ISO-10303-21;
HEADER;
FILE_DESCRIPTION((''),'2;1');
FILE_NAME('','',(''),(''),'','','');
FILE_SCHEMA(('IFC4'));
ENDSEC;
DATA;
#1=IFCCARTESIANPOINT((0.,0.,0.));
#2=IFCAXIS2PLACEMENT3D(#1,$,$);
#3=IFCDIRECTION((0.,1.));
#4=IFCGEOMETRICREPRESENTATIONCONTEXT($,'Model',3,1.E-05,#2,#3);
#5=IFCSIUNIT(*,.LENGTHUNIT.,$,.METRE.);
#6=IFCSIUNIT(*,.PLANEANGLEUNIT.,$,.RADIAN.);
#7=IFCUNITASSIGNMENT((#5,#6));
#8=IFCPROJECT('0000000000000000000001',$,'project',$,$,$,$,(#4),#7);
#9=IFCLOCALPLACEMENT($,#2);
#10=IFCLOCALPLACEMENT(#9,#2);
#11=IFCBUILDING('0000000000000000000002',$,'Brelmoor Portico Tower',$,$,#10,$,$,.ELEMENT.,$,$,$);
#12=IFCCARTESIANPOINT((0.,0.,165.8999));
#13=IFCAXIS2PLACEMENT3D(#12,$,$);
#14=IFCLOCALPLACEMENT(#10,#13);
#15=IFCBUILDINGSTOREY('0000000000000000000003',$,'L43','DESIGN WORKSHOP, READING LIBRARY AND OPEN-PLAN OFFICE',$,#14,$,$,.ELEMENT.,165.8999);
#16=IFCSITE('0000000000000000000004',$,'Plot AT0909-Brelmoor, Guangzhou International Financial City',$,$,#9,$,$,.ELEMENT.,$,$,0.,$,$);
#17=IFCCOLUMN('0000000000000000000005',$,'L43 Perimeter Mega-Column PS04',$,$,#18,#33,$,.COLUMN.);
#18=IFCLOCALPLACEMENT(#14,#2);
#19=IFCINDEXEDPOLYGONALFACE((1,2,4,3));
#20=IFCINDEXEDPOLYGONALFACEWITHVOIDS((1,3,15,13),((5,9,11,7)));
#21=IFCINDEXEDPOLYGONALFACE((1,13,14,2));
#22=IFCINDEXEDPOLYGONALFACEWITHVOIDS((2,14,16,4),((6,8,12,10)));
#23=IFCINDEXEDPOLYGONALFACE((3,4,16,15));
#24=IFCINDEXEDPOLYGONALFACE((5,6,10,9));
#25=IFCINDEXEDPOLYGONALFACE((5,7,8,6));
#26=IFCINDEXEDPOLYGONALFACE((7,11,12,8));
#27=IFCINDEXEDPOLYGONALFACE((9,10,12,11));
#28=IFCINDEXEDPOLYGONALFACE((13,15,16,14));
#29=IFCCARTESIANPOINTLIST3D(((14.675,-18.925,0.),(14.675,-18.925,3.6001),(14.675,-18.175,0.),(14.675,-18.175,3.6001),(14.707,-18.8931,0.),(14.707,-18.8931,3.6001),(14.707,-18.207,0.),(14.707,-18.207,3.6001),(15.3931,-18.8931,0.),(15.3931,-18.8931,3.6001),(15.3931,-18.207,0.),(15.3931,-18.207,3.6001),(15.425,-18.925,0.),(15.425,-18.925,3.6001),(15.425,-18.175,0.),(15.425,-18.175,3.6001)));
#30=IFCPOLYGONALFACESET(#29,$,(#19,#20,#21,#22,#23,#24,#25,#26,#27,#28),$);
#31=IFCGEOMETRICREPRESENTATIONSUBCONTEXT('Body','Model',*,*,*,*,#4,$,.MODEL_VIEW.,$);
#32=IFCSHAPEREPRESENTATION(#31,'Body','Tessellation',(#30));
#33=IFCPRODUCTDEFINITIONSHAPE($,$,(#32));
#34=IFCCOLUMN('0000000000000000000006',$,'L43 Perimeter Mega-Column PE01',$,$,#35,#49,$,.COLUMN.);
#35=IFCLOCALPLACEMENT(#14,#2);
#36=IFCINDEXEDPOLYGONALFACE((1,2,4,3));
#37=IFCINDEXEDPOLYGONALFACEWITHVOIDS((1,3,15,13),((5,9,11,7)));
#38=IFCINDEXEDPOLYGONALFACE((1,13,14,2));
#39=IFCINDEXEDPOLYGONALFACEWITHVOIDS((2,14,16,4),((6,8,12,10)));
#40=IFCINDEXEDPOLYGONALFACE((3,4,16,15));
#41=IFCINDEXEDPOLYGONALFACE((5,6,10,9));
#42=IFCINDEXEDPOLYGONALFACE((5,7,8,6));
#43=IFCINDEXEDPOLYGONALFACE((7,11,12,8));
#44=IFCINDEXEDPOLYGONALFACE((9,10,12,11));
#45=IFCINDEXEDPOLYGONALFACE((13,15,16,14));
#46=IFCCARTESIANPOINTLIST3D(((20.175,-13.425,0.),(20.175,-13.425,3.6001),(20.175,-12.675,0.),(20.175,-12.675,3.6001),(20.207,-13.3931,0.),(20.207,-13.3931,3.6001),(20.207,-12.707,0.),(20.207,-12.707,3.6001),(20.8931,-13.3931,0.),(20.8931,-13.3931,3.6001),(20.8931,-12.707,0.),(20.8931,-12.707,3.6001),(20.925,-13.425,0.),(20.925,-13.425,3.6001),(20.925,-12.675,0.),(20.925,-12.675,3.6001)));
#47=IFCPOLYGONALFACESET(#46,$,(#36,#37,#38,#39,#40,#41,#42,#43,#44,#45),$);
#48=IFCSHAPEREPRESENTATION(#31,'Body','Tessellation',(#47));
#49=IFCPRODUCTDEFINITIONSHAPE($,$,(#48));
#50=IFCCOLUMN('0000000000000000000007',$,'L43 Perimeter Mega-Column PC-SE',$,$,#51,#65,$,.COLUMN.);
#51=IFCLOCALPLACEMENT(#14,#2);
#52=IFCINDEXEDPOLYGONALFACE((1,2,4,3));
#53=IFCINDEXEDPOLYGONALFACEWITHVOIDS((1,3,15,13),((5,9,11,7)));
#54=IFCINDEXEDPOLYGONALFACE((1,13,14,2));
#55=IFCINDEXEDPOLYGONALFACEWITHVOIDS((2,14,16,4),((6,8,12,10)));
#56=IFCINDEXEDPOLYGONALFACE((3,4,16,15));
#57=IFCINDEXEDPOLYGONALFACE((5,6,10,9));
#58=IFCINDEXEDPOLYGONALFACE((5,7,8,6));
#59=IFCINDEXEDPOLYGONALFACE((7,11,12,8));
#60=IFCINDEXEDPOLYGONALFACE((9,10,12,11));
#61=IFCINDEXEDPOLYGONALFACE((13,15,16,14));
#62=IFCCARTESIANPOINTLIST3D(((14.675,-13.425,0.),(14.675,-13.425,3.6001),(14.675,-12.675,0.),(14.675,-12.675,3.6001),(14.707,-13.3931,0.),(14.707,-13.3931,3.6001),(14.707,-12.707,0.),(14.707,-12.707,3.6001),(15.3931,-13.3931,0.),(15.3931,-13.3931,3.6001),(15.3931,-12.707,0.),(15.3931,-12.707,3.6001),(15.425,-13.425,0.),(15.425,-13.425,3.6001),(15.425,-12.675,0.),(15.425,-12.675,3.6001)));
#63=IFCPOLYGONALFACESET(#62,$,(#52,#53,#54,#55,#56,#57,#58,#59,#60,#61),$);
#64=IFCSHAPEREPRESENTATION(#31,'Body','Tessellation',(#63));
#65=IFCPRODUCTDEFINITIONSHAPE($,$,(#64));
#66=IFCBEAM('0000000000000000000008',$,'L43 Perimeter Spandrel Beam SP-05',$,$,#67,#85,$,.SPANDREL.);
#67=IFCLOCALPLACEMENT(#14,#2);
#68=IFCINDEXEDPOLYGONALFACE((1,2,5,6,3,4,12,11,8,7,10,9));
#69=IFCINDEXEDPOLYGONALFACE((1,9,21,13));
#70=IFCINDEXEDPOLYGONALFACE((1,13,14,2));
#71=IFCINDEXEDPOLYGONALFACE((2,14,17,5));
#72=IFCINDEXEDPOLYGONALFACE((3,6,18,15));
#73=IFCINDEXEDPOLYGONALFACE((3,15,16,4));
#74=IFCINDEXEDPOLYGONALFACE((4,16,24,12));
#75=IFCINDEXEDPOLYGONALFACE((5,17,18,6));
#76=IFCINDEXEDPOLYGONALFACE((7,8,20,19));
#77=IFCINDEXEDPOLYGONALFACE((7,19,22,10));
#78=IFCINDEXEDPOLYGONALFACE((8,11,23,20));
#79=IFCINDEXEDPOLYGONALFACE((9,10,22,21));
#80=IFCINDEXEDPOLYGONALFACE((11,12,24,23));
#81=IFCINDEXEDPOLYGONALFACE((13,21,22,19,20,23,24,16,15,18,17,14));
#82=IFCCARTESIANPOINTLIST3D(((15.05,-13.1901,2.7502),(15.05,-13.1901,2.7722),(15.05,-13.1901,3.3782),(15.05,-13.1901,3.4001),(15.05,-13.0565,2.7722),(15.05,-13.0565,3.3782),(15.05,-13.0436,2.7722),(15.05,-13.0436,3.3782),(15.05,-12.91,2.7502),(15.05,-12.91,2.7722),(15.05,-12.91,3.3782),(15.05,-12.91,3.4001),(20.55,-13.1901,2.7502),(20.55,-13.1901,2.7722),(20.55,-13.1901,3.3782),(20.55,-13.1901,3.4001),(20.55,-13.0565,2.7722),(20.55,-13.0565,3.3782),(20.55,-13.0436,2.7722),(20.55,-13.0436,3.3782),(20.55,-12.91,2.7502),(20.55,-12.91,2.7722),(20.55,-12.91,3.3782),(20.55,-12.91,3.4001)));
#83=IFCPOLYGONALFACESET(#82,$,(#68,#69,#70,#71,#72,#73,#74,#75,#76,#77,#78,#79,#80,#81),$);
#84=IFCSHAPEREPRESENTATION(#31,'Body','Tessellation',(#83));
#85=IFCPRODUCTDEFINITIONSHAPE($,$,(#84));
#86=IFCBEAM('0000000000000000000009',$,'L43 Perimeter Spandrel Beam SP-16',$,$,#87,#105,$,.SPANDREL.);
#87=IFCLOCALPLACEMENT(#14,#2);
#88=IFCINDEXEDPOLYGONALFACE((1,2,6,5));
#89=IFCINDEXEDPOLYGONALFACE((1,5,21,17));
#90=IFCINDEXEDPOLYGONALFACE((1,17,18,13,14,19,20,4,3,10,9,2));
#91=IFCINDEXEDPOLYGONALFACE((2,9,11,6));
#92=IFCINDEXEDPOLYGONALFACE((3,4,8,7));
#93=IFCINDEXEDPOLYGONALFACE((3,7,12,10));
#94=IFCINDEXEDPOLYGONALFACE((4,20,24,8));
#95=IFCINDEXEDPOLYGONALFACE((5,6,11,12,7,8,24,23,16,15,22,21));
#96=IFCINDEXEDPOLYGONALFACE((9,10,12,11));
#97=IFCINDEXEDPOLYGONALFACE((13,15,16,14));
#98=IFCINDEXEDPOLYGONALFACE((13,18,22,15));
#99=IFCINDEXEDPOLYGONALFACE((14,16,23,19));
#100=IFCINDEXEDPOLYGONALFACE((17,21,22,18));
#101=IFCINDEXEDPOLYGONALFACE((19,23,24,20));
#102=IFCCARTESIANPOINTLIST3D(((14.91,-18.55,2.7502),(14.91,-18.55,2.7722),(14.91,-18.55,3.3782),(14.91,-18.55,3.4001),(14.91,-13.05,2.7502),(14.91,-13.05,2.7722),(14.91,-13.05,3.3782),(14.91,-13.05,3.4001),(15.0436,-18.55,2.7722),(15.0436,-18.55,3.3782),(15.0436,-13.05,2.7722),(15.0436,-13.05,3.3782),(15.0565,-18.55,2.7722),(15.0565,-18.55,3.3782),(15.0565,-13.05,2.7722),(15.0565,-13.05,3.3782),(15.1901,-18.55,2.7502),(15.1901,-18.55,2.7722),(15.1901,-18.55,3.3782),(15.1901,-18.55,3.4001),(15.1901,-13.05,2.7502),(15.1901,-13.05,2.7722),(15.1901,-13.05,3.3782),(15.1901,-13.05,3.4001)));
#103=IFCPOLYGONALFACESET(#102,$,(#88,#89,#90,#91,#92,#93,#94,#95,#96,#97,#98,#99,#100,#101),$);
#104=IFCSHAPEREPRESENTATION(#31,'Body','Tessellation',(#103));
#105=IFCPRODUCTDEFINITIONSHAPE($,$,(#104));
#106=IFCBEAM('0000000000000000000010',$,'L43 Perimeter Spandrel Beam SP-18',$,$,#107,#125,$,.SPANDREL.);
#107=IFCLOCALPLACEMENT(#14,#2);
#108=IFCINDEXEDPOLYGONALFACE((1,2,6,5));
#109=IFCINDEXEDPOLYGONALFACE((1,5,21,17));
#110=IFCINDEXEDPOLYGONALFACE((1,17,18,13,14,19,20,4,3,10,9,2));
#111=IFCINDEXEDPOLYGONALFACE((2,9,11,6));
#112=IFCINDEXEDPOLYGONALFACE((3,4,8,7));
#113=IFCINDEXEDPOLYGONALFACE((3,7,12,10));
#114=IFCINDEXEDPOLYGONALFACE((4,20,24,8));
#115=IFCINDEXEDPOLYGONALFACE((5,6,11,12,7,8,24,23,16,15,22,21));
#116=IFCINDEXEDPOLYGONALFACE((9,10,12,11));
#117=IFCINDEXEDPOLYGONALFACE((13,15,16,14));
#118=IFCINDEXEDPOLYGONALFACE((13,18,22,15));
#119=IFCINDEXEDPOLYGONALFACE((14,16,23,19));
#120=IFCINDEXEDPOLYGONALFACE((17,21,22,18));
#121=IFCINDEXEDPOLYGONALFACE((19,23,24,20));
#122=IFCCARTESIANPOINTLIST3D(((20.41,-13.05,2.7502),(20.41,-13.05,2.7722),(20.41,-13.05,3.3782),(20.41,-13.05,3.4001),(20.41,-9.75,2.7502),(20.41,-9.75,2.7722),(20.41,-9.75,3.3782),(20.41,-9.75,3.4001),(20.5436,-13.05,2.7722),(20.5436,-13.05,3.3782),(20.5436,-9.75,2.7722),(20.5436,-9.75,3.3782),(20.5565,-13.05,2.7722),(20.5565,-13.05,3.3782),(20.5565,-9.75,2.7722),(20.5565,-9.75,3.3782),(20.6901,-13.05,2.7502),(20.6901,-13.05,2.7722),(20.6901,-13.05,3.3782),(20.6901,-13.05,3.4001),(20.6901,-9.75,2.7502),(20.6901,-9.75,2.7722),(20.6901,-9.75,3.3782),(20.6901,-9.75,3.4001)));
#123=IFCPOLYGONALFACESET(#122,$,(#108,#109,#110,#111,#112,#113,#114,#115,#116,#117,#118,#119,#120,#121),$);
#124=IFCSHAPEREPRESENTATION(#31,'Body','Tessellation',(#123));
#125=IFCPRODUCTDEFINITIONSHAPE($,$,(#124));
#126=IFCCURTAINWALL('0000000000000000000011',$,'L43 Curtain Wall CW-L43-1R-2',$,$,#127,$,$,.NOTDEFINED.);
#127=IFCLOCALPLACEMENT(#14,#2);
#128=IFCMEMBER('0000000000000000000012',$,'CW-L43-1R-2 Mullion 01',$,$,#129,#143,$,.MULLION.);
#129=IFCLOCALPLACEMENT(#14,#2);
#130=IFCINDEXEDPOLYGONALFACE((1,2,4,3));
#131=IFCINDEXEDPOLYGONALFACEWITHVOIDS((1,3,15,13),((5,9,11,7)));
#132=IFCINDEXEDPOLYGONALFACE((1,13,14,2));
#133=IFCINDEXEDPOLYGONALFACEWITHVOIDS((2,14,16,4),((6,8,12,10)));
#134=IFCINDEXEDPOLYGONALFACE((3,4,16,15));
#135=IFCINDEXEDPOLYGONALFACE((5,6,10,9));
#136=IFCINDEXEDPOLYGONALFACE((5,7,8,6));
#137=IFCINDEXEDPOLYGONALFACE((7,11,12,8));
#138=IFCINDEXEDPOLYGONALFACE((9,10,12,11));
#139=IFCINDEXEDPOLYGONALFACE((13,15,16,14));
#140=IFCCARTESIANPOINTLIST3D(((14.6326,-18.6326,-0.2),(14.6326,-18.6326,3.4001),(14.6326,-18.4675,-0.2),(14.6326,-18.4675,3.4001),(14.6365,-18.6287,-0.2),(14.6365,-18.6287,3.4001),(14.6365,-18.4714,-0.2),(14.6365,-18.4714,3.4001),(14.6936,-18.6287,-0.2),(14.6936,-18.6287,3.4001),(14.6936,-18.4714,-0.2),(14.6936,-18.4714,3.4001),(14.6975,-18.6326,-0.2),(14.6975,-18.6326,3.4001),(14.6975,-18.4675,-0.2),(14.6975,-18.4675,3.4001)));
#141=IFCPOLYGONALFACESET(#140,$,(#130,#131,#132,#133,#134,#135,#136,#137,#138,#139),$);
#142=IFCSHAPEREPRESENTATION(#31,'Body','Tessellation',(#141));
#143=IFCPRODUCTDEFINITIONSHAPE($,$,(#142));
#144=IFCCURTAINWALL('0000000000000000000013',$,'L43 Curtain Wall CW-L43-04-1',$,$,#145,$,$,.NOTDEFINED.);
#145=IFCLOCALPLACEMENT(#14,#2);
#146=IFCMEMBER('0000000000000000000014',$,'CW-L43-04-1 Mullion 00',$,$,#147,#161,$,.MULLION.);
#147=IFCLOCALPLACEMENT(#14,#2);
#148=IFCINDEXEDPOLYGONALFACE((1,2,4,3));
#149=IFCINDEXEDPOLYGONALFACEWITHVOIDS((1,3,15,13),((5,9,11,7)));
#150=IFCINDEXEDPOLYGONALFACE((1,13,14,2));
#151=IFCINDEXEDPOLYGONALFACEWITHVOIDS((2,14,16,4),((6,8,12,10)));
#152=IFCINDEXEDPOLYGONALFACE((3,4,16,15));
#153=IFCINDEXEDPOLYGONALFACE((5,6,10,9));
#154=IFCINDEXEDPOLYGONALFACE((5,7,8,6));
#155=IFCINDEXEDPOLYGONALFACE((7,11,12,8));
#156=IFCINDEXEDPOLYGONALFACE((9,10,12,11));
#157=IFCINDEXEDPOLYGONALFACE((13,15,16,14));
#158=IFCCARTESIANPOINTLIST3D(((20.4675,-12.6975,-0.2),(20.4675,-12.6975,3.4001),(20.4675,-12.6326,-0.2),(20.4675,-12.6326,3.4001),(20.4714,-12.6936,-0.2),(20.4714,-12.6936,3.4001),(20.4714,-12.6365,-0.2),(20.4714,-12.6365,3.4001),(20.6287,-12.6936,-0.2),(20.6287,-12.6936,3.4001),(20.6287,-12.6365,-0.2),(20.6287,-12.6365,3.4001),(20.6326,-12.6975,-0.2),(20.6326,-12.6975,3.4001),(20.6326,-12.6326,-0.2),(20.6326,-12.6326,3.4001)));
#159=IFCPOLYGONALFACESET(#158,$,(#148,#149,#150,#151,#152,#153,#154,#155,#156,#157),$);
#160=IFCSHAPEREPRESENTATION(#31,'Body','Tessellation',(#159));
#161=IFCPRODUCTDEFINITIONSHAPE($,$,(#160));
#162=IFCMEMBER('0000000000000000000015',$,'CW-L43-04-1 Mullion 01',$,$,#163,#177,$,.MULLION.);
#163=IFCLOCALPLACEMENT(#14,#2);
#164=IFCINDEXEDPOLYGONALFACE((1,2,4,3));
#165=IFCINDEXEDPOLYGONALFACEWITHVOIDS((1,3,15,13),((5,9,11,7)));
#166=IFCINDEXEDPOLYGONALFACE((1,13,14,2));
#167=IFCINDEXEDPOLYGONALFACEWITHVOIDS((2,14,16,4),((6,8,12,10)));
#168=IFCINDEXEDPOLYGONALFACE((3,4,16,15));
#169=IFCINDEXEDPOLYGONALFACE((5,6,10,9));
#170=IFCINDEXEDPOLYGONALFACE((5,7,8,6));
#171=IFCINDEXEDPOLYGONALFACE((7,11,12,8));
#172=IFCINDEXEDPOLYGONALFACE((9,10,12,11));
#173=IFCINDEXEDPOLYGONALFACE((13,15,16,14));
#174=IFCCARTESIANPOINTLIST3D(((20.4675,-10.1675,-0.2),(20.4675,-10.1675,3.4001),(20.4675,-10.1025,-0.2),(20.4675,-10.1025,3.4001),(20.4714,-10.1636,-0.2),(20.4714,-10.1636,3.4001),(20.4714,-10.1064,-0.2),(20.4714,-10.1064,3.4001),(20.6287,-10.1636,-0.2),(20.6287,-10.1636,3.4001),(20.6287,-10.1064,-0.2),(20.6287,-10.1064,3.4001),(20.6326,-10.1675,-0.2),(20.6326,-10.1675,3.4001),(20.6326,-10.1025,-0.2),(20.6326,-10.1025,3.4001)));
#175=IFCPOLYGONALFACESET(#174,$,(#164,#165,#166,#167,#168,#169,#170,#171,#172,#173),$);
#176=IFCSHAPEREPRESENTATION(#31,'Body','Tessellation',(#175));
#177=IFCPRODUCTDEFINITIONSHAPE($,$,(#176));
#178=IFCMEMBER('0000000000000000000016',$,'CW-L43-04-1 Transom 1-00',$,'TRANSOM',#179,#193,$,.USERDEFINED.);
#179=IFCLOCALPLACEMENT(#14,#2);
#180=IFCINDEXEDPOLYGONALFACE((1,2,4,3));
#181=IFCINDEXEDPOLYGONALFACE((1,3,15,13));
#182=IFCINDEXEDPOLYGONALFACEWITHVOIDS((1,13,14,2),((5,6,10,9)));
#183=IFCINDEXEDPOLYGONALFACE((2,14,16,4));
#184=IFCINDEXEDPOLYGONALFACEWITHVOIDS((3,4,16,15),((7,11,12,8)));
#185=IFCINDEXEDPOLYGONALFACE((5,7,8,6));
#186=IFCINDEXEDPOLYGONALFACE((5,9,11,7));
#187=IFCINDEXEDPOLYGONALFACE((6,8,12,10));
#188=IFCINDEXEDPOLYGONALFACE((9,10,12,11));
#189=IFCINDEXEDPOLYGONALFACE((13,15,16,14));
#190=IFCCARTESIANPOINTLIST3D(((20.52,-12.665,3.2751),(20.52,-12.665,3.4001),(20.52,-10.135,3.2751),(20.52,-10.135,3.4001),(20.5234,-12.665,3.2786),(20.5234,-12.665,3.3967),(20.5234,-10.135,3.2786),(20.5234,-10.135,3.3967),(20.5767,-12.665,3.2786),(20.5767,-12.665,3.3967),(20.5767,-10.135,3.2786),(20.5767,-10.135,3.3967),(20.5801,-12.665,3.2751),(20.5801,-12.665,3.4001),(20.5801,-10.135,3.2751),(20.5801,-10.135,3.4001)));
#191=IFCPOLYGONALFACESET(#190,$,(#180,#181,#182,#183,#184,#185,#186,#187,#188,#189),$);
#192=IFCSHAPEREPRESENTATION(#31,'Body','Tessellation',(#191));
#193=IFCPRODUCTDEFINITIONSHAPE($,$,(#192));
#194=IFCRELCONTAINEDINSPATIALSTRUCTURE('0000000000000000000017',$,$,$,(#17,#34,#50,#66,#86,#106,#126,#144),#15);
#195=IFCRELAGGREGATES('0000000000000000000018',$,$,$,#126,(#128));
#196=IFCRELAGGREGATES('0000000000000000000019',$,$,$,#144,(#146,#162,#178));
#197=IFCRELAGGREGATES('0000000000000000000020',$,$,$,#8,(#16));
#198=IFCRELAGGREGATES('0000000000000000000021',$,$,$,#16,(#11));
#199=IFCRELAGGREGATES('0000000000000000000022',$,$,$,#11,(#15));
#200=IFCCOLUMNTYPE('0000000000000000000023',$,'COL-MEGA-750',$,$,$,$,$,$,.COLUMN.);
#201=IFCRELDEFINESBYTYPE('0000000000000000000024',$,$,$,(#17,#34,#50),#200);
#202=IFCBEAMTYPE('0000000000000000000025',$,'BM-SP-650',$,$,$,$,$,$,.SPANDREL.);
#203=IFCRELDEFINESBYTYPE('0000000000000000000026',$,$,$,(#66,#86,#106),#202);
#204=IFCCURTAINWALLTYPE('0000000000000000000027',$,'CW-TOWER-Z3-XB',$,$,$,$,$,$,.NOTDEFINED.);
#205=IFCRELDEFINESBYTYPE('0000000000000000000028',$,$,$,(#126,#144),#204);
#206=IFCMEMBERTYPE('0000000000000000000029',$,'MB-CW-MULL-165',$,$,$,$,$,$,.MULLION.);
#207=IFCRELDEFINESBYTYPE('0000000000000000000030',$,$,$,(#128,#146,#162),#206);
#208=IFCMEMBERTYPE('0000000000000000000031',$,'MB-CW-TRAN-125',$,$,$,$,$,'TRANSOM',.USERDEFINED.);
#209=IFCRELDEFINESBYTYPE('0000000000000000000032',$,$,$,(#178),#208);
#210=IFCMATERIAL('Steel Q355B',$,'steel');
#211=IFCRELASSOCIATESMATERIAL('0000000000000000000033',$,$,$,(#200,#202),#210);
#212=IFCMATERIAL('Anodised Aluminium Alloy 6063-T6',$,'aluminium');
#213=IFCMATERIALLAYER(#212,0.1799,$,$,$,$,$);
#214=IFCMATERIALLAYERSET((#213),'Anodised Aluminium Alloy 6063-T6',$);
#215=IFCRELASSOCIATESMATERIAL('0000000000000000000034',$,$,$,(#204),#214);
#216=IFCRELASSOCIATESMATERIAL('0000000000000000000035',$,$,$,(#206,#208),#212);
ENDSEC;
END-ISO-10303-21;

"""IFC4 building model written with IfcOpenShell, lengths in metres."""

from ifc_helpers import new_model, si_unit, direction, frame, origin, origin_2d, place, context, subcontext, project, spatial, hollow_rectangle, i_section, extrude, material, layer, layer_set, material_profile, profile_set, type_object, element, aggregate, save


model = new_model("IFC4")

# Units and contexts
model_context = context("Model", 3, precision=1e-05, world=origin(), true_north=direction((0.0, 1.0)))
body_context = subcontext(model_context, "Body", "Model", "MODEL_VIEW")
ifc_project = project(units=[si_unit("LENGTHUNIT", "METRE"), si_unit("PLANEANGLEUNIT", "RADIAN")], contexts=[model_context])

# Site, building, storey
site_placement = place(None, origin())
site = spatial("IfcSite", under=ifc_project, at=site_placement, Name="Plot AT0909-Brelmoor, Guangzhou International Financial City", CompositionType="ELEMENT", RefElevation=0.0)
building_placement = place(site_placement, origin())
building = spatial("IfcBuilding", under=site, at=building_placement, Name="Brelmoor Portico Tower", CompositionType="ELEMENT")
storey_placement = place(building_placement, frame((0.0, 0.0, 165.8999)))
storey = spatial("IfcBuildingStorey", under=building, at=storey_placement, Name="L43", Description="DESIGN WORKSHOP, READING LIBRARY AND OPEN-PLAN OFFICE", CompositionType="ELEMENT", Elevation=165.8999)

# Columns
ifc_material_1 = material(Name="Steel Q355B", Category="steel")
ifc_material_profile_1 = material_profile(ifc_material_1, hollow_rectangle(XDim=0.75, YDim=0.75, WallThickness=0.032, at=origin_2d()), Name="BOX 750x750x32")
ifc_profile_set_1 = profile_set([ifc_material_profile_1], Name="Steel Q355B")
column_type = type_object("IfcColumnType", Name="COL-MEGA-750", PredefinedType="COLUMN", material=ifc_profile_set_1)
for number, where, z_axis, x_axis, name in (
    (1, (15.05, -18.55, 0.0), (0.0, 0.0, 1.0), (1.0, 0.0, 0.0), "L43 Perimeter Mega-Column PS04"),
    (2, (20.55, -13.05, 0.0), (0.0, 0.0, 1.0), (0.0, 1.0, 0.0), "L43 Perimeter Mega-Column PE01"),
    (3, (15.05, -13.05, 0.0), (0.0, 0.0, 1.0), (1.0, 0.0, 0.0), "L43 Perimeter Mega-Column PC-SE"),
):
    element("IfcColumn", number, at=place(storey_placement, frame(where, z_axis=z_axis, x_axis=x_axis)), inside=storey, type_object=column_type, Name=name, PredefinedType="COLUMN", context=body_context, shape_type="SweptSolid", body=[
        extrude(hollow_rectangle(XDim=0.75, YDim=0.75, WallThickness=0.032, at=origin_2d()), origin(), (0.0, 0.0, 1.0), 3.6001),
    ])

# Beams
ifc_material_profile_2 = material_profile(ifc_material_1, i_section(OverallWidth=0.28, OverallDepth=0.6499, WebThickness=0.0129, FlangeThickness=0.022, at=origin_2d()), Name="HN 650x280x13x22")
ifc_profile_set_2 = profile_set([ifc_material_profile_2], Name="Steel Q355B")
beam_type = type_object("IfcBeamType", Name="BM-SP-650", PredefinedType="SPANDREL", material=ifc_profile_set_2)
for number, where, z_axis, x_axis, name in (
    (4, (15.05, -13.05, 3.0752), (1.0, 0.0, 0.0), (0.0, 1.0, 0.0), "L43 Perimeter Spandrel Beam SP-05"),
    (5, (15.05, -18.55, 3.0752), (0.0, 1.0, 0.0), (-1.0, 0.0, 0.0), "L43 Perimeter Spandrel Beam SP-16"),
):
    element("IfcBeam", number, at=place(storey_placement, frame(where, z_axis=z_axis, x_axis=x_axis)), inside=storey, type_object=beam_type, Name=name, PredefinedType="SPANDREL", context=body_context, shape_type="SweptSolid", body=[
        extrude(i_section(OverallWidth=0.28, OverallDepth=0.6499, WebThickness=0.0129, FlangeThickness=0.022, at=origin_2d()), origin(), (0.0, 0.0, 1.0), 5.5),
    ])
beam_placement = place(storey_placement, frame((20.55, -13.05, 3.0752), z_axis=(0.0, 1.0, 0.0), x_axis=(-1.0, 0.0, 0.0)))
element("IfcBeam", 6, at=beam_placement, inside=storey, type_object=beam_type, Name="L43 Perimeter Spandrel Beam SP-18", PredefinedType="SPANDREL", context=body_context, shape_type="SweptSolid", body=[
    extrude(i_section(OverallWidth=0.28, OverallDepth=0.6499, WebThickness=0.0129, FlangeThickness=0.022, at=origin_2d()), origin(), (0.0, 0.0, 1.0), 3.3),
])

# Curtain wall, member
ifc_material_2 = material(Name="Anodised Aluminium Alloy 6063-T6", Category="aluminium")
ifc_layer_1 = layer(ifc_material_2, 0.1799)
ifc_layer_set_1 = layer_set([ifc_layer_1], Name="Anodised Aluminium Alloy 6063-T6")
curtain_wall_type = type_object("IfcCurtainWallType", Name="CW-TOWER-Z3-XB", PredefinedType="NOTDEFINED", material=ifc_layer_set_1)
curtain_wall_1_placement = place(storey_placement, origin())
curtain_wall_1 = element("IfcCurtainWall", 7, at=curtain_wall_1_placement, inside=storey, type_object=curtain_wall_type, Name="L43 Curtain Wall CW-L43-1R-2", PredefinedType="NOTDEFINED")
ifc_material_profile_3 = material_profile(ifc_material_2, hollow_rectangle(XDim=0.0649, YDim=0.165, WallThickness=0.0039, at=origin_2d()), Name="ALU MULLION 65x165")
ifc_profile_set_3 = profile_set([ifc_material_profile_3], Name="Anodised Aluminium Alloy 6063-T6")
member_type_1 = type_object("IfcMemberType", Name="MB-CW-MULL-165", PredefinedType="MULLION", material=ifc_profile_set_3)
member_1_placement = place(storey_placement, frame((14.665, -18.55, -0.2), z_axis=(0.0, 0.0, 1.0), x_axis=(1.0, 0.0, 0.0)))
member_1 = element("IfcMember", 8, at=member_1_placement, type_object=member_type_1, Name="CW-L43-1R-2 Mullion 01", PredefinedType="MULLION", context=body_context, shape_type="SweptSolid", body=[
    extrude(hollow_rectangle(XDim=0.0649, YDim=0.165, WallThickness=0.0039, at=origin_2d()), origin(), (0.0, 0.0, 1.0), 3.6001),
])

# Curtain wall, members
curtain_wall_2_placement = place(storey_placement, origin())
curtain_wall_2 = element("IfcCurtainWall", 9, at=curtain_wall_2_placement, inside=storey, type_object=curtain_wall_type, Name="L43 Curtain Wall CW-L43-04-1", PredefinedType="NOTDEFINED")
member_2_placement = place(storey_placement, frame((20.55, -12.665, -0.2), z_axis=(0.0, 0.0, 1.0), x_axis=(0.0, 1.0, 0.0)))
member_2 = element("IfcMember", 10, at=member_2_placement, type_object=member_type_1, Name="CW-L43-04-1 Mullion 00", PredefinedType="MULLION", context=body_context, shape_type="SweptSolid", body=[
    extrude(hollow_rectangle(XDim=0.0649, YDim=0.165, WallThickness=0.0039, at=origin_2d()), origin(), (0.0, 0.0, 1.0), 3.6001),
])
member_3_placement = place(storey_placement, frame((20.55, -10.135, -0.2), z_axis=(0.0, 0.0, 1.0), x_axis=(0.0, 1.0, 0.0)))
member_3 = element("IfcMember", 11, at=member_3_placement, type_object=member_type_1, Name="CW-L43-04-1 Mullion 01", PredefinedType="MULLION", context=body_context, shape_type="SweptSolid", body=[
    extrude(hollow_rectangle(XDim=0.0649, YDim=0.165, WallThickness=0.0039, at=origin_2d()), origin(), (0.0, 0.0, 1.0), 3.6001),
])
ifc_material_profile_4 = material_profile(ifc_material_2, hollow_rectangle(XDim=0.0601, YDim=0.125, WallThickness=0.0034, at=origin_2d()), Name="ALU TRANSOM 60x125")
ifc_profile_set_4 = profile_set([ifc_material_profile_4], Name="Anodised Aluminium Alloy 6063-T6")
member_type_2 = type_object("IfcMemberType", Name="MB-CW-TRAN-125", ElementType="TRANSOM", PredefinedType="USERDEFINED", material=ifc_profile_set_4)
member_4_placement = place(storey_placement, frame((20.55, -12.665, 3.3376), z_axis=(0.0, 1.0, 0.0), x_axis=(-1.0, 0.0, 0.0)))
member_4 = element("IfcMember", 12, at=member_4_placement, type_object=member_type_2, Name="CW-L43-04-1 Transom 1-00", ObjectType="TRANSOM", PredefinedType="USERDEFINED", context=body_context, shape_type="SweptSolid", body=[
    extrude(hollow_rectangle(XDim=0.0601, YDim=0.125, WallThickness=0.0034, at=origin_2d()), origin(), (0.0, 0.0, 1.0), 2.53),
])

aggregate(curtain_wall_1, [member_1])
aggregate(curtain_wall_2, [member_2, member_3, member_4])

save(model, "model.ifc")
